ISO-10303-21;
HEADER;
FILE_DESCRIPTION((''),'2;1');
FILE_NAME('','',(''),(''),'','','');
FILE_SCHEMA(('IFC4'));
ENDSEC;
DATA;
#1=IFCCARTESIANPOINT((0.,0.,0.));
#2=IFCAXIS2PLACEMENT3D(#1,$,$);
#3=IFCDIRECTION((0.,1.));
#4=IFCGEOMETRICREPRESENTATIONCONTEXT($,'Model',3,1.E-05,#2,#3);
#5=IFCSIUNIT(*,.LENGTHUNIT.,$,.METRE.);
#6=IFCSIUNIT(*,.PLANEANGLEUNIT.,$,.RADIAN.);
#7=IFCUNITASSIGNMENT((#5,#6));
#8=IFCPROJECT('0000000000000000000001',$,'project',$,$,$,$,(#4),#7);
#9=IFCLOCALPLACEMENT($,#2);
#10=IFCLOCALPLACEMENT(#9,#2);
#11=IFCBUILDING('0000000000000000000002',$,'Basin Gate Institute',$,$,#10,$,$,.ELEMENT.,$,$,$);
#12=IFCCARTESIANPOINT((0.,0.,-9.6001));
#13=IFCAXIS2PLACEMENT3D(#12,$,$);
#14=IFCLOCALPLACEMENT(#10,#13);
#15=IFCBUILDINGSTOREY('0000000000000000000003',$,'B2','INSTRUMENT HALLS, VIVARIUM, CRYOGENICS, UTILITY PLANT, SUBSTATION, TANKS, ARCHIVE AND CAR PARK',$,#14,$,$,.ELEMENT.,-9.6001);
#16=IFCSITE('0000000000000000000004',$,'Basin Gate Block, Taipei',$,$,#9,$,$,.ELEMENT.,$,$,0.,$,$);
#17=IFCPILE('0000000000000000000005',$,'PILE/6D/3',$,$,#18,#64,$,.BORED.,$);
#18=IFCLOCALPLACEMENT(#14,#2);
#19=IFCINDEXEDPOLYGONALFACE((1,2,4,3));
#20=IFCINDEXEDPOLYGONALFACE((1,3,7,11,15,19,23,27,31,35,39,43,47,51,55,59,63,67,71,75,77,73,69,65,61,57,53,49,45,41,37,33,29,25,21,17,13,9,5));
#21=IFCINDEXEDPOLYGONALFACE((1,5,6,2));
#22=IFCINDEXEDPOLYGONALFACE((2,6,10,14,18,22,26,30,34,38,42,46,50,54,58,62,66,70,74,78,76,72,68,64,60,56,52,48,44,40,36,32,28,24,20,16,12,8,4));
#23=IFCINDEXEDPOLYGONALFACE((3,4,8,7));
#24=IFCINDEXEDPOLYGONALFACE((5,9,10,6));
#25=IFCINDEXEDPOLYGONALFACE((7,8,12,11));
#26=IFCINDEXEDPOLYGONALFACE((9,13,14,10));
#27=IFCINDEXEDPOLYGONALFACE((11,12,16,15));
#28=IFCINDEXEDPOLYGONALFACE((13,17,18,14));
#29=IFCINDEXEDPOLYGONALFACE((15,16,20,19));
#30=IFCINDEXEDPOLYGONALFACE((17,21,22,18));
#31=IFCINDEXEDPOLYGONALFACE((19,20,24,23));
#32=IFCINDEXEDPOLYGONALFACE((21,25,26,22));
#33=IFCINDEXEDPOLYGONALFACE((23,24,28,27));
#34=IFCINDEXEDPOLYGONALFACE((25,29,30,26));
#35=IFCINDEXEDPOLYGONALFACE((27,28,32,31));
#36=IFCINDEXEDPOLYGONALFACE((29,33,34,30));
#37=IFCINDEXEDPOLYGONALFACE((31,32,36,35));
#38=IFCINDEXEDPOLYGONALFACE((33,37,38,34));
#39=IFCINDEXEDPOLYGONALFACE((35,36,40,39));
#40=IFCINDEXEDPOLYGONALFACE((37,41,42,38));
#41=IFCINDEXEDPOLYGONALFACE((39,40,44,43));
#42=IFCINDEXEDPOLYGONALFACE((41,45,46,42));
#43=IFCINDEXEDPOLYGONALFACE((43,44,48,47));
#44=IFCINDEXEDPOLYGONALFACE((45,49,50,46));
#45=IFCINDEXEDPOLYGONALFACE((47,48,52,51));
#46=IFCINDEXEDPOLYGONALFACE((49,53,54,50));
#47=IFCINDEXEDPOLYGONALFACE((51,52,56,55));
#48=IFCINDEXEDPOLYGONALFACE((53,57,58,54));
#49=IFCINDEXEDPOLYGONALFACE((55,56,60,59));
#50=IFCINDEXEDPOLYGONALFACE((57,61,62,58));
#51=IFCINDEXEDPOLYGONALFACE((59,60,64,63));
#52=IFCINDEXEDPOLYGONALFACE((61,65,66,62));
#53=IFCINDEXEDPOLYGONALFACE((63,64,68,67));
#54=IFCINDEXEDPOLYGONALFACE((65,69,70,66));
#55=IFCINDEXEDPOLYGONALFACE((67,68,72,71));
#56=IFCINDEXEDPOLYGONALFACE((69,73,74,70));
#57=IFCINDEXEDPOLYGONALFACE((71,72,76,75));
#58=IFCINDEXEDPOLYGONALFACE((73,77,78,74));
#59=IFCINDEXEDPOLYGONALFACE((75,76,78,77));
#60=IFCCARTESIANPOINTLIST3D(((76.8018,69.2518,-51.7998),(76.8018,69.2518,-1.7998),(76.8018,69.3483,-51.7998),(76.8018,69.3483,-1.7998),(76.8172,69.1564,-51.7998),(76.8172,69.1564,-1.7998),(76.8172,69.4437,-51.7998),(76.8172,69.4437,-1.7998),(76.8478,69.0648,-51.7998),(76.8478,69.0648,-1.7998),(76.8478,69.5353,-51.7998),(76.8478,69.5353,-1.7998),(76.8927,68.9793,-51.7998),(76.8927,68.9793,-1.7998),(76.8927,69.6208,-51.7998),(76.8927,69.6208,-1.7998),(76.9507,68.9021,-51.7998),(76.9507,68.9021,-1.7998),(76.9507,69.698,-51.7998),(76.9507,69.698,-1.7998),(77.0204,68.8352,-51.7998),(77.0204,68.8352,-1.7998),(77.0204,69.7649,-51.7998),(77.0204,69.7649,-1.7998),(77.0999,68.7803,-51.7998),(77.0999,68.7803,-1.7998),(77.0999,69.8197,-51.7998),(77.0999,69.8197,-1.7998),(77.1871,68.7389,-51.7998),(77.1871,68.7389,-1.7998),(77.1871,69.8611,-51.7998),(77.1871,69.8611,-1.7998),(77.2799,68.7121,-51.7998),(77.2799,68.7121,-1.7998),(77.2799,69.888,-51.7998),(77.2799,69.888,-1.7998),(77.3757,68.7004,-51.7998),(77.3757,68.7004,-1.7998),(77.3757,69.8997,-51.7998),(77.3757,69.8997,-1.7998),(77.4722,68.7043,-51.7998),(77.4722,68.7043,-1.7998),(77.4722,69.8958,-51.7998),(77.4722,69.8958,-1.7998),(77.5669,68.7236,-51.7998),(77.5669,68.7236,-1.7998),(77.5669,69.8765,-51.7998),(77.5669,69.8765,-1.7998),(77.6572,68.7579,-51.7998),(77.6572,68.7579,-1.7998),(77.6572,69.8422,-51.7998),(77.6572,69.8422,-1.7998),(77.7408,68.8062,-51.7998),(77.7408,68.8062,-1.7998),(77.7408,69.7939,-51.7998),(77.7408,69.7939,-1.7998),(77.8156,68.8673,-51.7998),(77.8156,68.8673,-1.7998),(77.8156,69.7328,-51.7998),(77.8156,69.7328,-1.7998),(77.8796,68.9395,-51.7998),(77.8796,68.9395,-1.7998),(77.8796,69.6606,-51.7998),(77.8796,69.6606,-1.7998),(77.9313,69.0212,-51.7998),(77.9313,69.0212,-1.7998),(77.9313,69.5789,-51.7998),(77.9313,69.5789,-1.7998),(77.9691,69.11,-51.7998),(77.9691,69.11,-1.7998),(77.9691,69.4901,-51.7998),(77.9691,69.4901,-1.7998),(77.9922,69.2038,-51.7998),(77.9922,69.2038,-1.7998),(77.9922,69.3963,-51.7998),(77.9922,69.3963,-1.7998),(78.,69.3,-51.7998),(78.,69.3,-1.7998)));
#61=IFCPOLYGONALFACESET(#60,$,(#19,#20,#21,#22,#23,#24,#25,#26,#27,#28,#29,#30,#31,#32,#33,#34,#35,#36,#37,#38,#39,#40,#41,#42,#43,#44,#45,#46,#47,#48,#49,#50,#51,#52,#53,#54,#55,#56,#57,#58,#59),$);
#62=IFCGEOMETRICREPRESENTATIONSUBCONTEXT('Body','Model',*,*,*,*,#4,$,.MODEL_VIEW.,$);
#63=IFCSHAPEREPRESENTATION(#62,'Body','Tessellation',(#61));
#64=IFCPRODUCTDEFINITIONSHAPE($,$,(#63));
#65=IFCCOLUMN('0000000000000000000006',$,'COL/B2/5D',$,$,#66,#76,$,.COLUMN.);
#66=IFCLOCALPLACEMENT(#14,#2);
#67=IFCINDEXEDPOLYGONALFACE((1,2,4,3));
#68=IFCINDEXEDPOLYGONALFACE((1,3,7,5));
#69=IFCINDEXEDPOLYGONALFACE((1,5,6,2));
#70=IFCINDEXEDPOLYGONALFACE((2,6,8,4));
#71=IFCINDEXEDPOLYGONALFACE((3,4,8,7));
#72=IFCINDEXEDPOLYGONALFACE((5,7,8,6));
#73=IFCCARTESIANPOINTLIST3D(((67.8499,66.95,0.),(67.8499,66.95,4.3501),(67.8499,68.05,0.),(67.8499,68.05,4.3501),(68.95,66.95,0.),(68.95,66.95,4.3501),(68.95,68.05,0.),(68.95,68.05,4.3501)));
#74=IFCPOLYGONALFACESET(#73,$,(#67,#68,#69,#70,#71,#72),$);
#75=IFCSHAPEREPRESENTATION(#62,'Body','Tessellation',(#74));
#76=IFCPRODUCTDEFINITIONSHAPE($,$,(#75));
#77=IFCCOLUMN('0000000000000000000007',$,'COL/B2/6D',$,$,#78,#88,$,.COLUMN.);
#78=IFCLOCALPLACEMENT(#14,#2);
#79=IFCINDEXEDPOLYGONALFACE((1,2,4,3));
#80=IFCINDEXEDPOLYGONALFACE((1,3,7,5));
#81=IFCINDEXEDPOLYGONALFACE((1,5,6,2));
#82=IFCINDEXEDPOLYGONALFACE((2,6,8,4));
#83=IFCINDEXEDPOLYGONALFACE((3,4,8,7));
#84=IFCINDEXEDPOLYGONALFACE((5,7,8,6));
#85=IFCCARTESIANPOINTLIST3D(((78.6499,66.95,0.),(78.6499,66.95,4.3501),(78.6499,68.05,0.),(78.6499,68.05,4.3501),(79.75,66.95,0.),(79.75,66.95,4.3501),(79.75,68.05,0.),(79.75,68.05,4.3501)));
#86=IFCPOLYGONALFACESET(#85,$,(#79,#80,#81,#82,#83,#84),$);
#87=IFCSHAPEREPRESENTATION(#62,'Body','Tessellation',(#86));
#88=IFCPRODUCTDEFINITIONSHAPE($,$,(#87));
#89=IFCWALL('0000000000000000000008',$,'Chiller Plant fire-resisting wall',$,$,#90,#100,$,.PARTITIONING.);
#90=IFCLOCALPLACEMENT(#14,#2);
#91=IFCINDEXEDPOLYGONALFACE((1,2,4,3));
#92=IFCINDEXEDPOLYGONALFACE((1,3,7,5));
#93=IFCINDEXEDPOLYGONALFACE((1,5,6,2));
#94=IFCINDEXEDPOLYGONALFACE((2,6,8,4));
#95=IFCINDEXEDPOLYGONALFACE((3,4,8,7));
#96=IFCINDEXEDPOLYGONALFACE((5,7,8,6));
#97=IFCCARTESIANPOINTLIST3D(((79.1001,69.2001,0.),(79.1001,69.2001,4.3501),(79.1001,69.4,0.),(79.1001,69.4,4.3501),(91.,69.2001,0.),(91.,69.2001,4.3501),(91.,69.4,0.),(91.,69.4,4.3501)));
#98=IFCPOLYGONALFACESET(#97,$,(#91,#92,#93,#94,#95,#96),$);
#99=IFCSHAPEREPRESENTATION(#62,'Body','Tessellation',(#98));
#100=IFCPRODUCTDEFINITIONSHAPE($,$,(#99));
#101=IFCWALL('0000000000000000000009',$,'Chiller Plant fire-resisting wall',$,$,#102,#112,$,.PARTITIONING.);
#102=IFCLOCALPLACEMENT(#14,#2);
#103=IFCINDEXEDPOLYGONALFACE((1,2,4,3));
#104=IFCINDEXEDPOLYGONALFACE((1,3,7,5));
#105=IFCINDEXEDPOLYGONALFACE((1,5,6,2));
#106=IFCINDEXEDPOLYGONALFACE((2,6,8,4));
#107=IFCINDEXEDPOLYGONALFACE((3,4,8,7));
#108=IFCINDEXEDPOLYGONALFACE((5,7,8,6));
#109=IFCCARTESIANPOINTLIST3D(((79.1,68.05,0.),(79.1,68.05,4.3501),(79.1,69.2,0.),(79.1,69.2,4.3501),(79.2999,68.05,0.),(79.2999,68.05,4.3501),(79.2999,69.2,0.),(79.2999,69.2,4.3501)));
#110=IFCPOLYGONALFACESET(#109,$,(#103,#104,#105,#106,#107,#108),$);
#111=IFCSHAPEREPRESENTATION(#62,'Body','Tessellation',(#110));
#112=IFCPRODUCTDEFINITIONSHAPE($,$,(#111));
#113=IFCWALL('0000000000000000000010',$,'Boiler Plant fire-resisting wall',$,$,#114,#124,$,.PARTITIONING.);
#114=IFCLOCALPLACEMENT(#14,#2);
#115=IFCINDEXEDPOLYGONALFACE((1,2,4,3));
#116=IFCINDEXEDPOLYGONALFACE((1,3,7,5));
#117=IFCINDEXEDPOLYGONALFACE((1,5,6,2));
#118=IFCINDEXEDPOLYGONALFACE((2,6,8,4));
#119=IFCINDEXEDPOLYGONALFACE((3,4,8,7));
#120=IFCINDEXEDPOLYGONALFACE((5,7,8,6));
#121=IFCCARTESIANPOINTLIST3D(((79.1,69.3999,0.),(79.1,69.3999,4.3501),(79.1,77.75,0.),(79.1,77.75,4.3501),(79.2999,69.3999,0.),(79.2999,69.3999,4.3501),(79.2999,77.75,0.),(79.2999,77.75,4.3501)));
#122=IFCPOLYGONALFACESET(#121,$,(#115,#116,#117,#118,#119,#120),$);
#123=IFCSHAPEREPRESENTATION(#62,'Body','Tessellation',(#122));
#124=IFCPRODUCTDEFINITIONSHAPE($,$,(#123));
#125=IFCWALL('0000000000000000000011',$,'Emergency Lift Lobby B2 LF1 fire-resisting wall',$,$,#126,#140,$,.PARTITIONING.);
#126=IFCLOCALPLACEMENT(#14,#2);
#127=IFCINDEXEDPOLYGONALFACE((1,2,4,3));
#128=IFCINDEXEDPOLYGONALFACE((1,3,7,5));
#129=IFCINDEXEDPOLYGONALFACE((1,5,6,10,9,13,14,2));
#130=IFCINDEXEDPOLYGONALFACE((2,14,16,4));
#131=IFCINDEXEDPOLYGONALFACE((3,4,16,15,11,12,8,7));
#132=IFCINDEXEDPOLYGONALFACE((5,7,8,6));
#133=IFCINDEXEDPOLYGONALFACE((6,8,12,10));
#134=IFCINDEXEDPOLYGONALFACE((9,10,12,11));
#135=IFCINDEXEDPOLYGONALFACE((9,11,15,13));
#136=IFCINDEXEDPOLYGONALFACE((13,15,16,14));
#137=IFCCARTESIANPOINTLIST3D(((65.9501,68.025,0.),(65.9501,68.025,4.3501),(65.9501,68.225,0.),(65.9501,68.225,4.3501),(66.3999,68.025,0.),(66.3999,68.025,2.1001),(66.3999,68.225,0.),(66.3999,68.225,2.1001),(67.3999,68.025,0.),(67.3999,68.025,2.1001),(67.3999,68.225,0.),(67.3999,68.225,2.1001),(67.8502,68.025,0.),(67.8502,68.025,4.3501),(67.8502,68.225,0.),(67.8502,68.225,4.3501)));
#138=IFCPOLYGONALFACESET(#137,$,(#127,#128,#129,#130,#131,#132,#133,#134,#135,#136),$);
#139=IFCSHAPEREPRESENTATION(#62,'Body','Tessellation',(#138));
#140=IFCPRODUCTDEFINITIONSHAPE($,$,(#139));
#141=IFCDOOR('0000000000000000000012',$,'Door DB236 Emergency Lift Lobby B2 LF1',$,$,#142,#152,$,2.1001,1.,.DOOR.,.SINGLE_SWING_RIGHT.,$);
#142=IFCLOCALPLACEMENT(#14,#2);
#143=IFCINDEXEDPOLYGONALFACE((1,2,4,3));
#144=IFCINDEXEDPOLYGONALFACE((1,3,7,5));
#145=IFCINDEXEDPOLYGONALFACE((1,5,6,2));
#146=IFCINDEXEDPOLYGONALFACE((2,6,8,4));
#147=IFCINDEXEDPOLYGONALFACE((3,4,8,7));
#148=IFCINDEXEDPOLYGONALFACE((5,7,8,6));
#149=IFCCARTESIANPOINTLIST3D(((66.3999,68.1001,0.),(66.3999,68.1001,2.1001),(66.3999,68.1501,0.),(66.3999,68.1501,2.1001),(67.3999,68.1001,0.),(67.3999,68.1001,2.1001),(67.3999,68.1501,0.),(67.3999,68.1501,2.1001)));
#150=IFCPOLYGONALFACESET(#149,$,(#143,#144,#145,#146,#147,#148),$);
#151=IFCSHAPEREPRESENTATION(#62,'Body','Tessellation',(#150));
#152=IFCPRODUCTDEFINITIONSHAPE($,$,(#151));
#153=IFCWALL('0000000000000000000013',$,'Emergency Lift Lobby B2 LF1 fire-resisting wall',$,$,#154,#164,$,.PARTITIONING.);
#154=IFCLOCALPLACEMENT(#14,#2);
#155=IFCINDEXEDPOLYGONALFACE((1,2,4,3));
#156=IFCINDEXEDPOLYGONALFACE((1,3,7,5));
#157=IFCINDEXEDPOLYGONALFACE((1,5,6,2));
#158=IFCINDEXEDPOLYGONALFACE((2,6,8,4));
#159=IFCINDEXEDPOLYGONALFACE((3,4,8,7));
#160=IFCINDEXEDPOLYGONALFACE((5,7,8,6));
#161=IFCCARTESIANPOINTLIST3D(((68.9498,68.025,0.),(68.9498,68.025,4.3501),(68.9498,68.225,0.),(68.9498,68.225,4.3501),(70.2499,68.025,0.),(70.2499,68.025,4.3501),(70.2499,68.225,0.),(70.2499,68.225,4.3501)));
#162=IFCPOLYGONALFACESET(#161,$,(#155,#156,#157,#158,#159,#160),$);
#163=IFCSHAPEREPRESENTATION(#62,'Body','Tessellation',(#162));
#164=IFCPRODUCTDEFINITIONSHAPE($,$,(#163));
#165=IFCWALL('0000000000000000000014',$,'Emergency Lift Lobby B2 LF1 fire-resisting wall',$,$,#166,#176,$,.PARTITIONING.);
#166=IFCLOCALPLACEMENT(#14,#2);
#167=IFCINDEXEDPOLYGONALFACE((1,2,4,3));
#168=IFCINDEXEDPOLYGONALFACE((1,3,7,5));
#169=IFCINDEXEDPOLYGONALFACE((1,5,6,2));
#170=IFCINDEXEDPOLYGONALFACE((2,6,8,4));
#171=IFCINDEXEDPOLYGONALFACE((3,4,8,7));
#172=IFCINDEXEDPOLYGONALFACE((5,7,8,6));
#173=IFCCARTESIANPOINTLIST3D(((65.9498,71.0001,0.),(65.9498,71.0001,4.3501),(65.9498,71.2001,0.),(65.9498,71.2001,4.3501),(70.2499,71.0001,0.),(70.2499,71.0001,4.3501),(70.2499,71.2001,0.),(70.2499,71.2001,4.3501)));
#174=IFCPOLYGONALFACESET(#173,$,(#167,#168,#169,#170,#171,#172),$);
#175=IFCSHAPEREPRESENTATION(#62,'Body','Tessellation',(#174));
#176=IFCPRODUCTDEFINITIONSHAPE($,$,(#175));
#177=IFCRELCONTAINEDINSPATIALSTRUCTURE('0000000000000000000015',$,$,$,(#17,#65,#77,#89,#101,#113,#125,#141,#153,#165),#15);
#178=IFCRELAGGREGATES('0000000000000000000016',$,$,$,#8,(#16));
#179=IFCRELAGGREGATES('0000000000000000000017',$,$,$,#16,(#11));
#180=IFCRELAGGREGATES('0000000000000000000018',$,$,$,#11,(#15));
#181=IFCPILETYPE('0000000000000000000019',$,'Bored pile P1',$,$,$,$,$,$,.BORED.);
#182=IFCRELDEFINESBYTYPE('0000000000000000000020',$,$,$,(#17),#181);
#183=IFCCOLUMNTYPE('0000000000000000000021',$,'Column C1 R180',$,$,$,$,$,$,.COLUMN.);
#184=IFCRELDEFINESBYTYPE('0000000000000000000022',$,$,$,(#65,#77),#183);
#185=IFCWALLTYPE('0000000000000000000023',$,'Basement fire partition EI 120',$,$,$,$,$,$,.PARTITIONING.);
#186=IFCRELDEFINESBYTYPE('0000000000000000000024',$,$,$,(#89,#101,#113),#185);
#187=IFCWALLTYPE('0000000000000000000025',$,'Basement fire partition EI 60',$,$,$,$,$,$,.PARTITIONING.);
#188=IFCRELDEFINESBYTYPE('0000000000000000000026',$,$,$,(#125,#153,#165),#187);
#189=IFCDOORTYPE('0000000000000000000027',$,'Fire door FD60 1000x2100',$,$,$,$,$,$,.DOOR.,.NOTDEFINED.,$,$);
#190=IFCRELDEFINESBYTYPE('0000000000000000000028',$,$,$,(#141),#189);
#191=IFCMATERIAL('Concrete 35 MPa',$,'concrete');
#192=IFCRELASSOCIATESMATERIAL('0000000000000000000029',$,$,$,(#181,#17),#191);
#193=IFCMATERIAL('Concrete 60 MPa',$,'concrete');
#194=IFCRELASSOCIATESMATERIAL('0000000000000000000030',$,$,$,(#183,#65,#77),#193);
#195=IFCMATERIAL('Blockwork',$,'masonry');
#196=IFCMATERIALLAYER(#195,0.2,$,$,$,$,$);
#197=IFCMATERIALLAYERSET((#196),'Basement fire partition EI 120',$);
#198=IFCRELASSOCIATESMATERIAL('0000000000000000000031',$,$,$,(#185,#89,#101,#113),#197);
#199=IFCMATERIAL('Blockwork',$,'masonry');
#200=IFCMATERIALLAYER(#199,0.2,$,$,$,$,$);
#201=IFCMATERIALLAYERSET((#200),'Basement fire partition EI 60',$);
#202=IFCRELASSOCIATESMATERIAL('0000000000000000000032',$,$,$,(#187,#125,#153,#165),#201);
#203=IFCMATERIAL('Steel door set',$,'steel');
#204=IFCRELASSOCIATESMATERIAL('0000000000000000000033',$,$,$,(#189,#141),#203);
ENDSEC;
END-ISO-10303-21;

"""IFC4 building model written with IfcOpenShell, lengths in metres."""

from ifc_helpers import new_model, si_unit, direction, frame, frame_2d, origin, origin_2d, place, context, subcontext, project, spatial, rectangle, circle, extrude, material, layer, layer_set, material_profile, profile_set, type_object, element, fill, save


model = new_model("IFC4")

# Units and contexts
model_context = context("Model", 3, precision=1e-05, world=origin(), true_north=direction((0.0, 1.0)))
body_context = subcontext(model_context, "Body", "Model", "MODEL_VIEW")
ifc_project = project(units=[si_unit("LENGTHUNIT", "METRE"), si_unit("PLANEANGLEUNIT", "RADIAN")], contexts=[model_context])

# Site, building, storey
site_placement = place(None, origin())
site = spatial("IfcSite", under=ifc_project, at=site_placement, Name="Basin Gate Block, Taipei", CompositionType="ELEMENT", RefElevation=0.0)
building_placement = place(site_placement, origin())
building = spatial("IfcBuilding", under=site, at=building_placement, Name="Basin Gate Institute", CompositionType="ELEMENT")
storey_placement = place(building_placement, frame((0.0, 0.0, -9.6001)))
storey = spatial("IfcBuildingStorey", under=building, at=storey_placement, Name="B2", Description="INSTRUMENT HALLS, VIVARIUM, CRYOGENICS, UTILITY PLANT, SUBSTATION, TANKS, ARCHIVE AND CAR PARK", CompositionType="ELEMENT", Elevation=-9.6001)

# Pile
ifc_material_1 = material(Name="Concrete 35 MPa", Category="concrete")
ifc_material_profile_1 = material_profile(ifc_material_1, circle(Radius=0.6001, at=origin_2d()), Name="Bored pile P1 1200 dia")
ifc_profile_set_1 = profile_set([ifc_material_profile_1], Name="Concrete 35 MPa")
pile_type = type_object("IfcPileType", Name="Bored pile P1", PredefinedType="BORED", material=ifc_profile_set_1)
for number, where, z_axis, x_axis, name in (
    (1, (77.3999, 69.3, -1.7998), (0.0, 0.0, -1.0), (1.0, 0.0, 0.0), "PILE/6D/3"),
):
    element("IfcPile", number, at=place(storey_placement, frame(where, z_axis=z_axis, x_axis=x_axis)), inside=storey, type_object=pile_type, material=ifc_profile_set_1, Name=name, PredefinedType="BORED", context=body_context, shape_type="SweptSolid", body=[
        extrude(circle(Radius=0.6001, at=origin_2d()), origin(), (0.0, 0.0, 1.0), 50.0),
    ])

# Columns
ifc_material_2 = material(Name="Concrete 60 MPa", Category="concrete")
ifc_material_profile_2 = material_profile(ifc_material_2, rectangle(XDim=1.1001, YDim=1.1001, at=origin_2d()), Name="Column C1 1100 x 1100")
ifc_profile_set_2 = profile_set([ifc_material_profile_2], Name="Concrete 60 MPa")
column_type = type_object("IfcColumnType", Name="Column C1 R180", PredefinedType="COLUMN", material=ifc_profile_set_2)
for number, where, z_axis, x_axis, name in (
    (2, (68.3999, 67.5, 0.0), (0.0, 0.0, 1.0), (1.0, 0.0, 0.0), "COL/B2/5D"),
    (3, (79.2, 67.5, 0.0), (0.0, 0.0, 1.0), (1.0, 0.0, 0.0), "COL/B2/6D"),
):
    element("IfcColumn", number, at=place(storey_placement, frame(where, z_axis=z_axis, x_axis=x_axis)), inside=storey, type_object=column_type, material=ifc_profile_set_2, Name=name, PredefinedType="COLUMN", context=body_context, shape_type="SweptSolid", body=[
        extrude(rectangle(XDim=1.1001, YDim=1.1001, at=origin_2d()), origin(), (0.0, 0.0, 1.0), 4.3501),
    ])

# Walls
ifc_material_3 = material(Name="Blockwork", Category="masonry")
ifc_layer_1 = layer(ifc_material_3, 0.2)
ifc_layer_set_1 = layer_set([ifc_layer_1], Name="Basement fire partition EI 120")
wall_type_1 = type_object("IfcWallType", Name="Basement fire partition EI 120", PredefinedType="PARTITIONING", material=ifc_layer_set_1)
wall_1_placement = place(storey_placement, frame((79.1001, 69.3, 0.0), z_axis=(0.0, 0.0, 1.0), x_axis=(1.0, 0.0, 0.0)))
element("IfcWall", 4, at=wall_1_placement, inside=storey, type_object=wall_type_1, material=ifc_layer_set_1, Name="Chiller Plant fire-resisting wall", PredefinedType="PARTITIONING", context=body_context, shape_type="SweptSolid", body=[
    extrude(rectangle(XDim=11.8999, YDim=0.2, at=frame_2d((5.95, 0.0))), origin(), (0.0, 0.0, 1.0), 4.3501),
])
wall_2_placement = place(storey_placement, frame((79.2, 68.05, 0.0), z_axis=(0.0, 0.0, 1.0), x_axis=(0.0, 1.0, 0.0)))
element("IfcWall", 5, at=wall_2_placement, inside=storey, type_object=wall_type_1, material=ifc_layer_set_1, Name="Chiller Plant fire-resisting wall", PredefinedType="PARTITIONING", context=body_context, shape_type="SweptSolid", body=[
    extrude(rectangle(XDim=1.1499, YDim=0.2, at=frame_2d((0.575, 0.0))), origin(), (0.0, 0.0, 1.0), 4.3501),
])
wall_3_placement = place(storey_placement, frame((79.2, 69.3999, 0.0), z_axis=(0.0, 0.0, 1.0), x_axis=(0.0, 1.0, 0.0)))
element("IfcWall", 6, at=wall_3_placement, inside=storey, type_object=wall_type_1, material=ifc_layer_set_1, Name="Boiler Plant fire-resisting wall", PredefinedType="PARTITIONING", context=body_context, shape_type="SweptSolid", body=[
    extrude(rectangle(XDim=8.3501, YDim=0.2, at=frame_2d((4.175, 0.0))), origin(), (0.0, 0.0, 1.0), 4.3501),
])

# Wall, opening, door
ifc_material_4 = material(Name="Blockwork", Category="masonry")
ifc_layer_2 = layer(ifc_material_4, 0.2)
ifc_layer_set_2 = layer_set([ifc_layer_2], Name="Basement fire partition EI 60")
wall_type_2 = type_object("IfcWallType", Name="Basement fire partition EI 60", PredefinedType="PARTITIONING", material=ifc_layer_set_2)
wall_4_placement = place(storey_placement, frame((65.95, 68.125, 0.0), z_axis=(0.0, 0.0, 1.0), x_axis=(1.0, 0.0, 0.0)))
wall_4 = element("IfcWall", 7, at=wall_4_placement, inside=storey, type_object=wall_type_2, material=ifc_layer_set_2, Name="Emergency Lift Lobby B2 LF1 fire-resisting wall", PredefinedType="PARTITIONING", context=body_context, shape_type="SweptSolid", body=[
    extrude(rectangle(XDim=1.9001, YDim=0.2, at=frame_2d((0.9502, 0.0))), origin(), (0.0, 0.0, 1.0), 4.3501),
])
opening_1_placement = place(wall_4_placement, frame((0.45, 0.0, 0.0)))
opening_1 = element("IfcOpeningElement", 8, at=opening_1_placement, cuts=wall_4, PredefinedType="OPENING", context=body_context, shape_type="SweptSolid", body=[
    extrude(rectangle(XDim=1.0, YDim=2.1001, at=frame_2d((0.5, 1.05))), frame((0.0, 0.1099, 0.0), z_axis=(0.0, -1.0, 0.0), x_axis=(1.0, 0.0, 0.0)), (0.0, 0.0, 1.0), 0.22),
])
ifc_material_5 = material(Name="Steel door set", Category="steel")
door_type_1 = type_object("IfcDoorType", Name="Fire door FD60 1000x2100", OperationType="NOTDEFINED", PredefinedType="DOOR", material=ifc_material_5)
door_1_placement = place(opening_1_placement, frame((1.0, 0.0, 0.0), z_axis=(0.0, 0.0, 1.0), x_axis=(-1.0, 0.0, 0.0)))
door_1 = element("IfcDoor", 9, at=door_1_placement, inside=storey, type_object=door_type_1, material=ifc_material_5, Name="Door DB236 Emergency Lift Lobby B2 LF1", OperationType="SINGLE_SWING_RIGHT", OverallHeight=2.1001, OverallWidth=1.0, PredefinedType="DOOR", context=body_context, shape_type="SweptSolid", body=[
    extrude(rectangle(XDim=1.0, YDim=2.1001, at=frame_2d((0.5, 1.05))), frame((0.0, 0.0249, 0.0), z_axis=(0.0, -1.0, 0.0), x_axis=(1.0, 0.0, 0.0)), (0.0, 0.0, 1.0), 0.05),
])
fill(opening_1, door_1)

# Walls
wall_5_placement = place(storey_placement, frame((68.95, 68.125, 0.0), z_axis=(0.0, 0.0, 1.0), x_axis=(1.0, 0.0, 0.0)))
element("IfcWall", 10, at=wall_5_placement, inside=storey, type_object=wall_type_2, material=ifc_layer_set_2, Name="Emergency Lift Lobby B2 LF1 fire-resisting wall", PredefinedType="PARTITIONING", context=body_context, shape_type="SweptSolid", body=[
    extrude(rectangle(XDim=1.3, YDim=0.2, at=frame_2d((0.6499, 0.0))), origin(), (0.0, 0.0, 1.0), 4.3501),
])
wall_6_placement = place(storey_placement, frame((65.95, 71.1001, 0.0), z_axis=(0.0, 0.0, 1.0), x_axis=(1.0, 0.0, 0.0)))
element("IfcWall", 11, at=wall_6_placement, inside=storey, type_object=wall_type_2, material=ifc_layer_set_2, Name="Emergency Lift Lobby B2 LF1 fire-resisting wall", PredefinedType="PARTITIONING", context=body_context, shape_type="SweptSolid", body=[
    extrude(rectangle(XDim=4.3, YDim=0.2, at=frame_2d((2.1499, 0.0))), origin(), (0.0, 0.0, 1.0), 4.3501),
])

save(model, "model.ifc")
